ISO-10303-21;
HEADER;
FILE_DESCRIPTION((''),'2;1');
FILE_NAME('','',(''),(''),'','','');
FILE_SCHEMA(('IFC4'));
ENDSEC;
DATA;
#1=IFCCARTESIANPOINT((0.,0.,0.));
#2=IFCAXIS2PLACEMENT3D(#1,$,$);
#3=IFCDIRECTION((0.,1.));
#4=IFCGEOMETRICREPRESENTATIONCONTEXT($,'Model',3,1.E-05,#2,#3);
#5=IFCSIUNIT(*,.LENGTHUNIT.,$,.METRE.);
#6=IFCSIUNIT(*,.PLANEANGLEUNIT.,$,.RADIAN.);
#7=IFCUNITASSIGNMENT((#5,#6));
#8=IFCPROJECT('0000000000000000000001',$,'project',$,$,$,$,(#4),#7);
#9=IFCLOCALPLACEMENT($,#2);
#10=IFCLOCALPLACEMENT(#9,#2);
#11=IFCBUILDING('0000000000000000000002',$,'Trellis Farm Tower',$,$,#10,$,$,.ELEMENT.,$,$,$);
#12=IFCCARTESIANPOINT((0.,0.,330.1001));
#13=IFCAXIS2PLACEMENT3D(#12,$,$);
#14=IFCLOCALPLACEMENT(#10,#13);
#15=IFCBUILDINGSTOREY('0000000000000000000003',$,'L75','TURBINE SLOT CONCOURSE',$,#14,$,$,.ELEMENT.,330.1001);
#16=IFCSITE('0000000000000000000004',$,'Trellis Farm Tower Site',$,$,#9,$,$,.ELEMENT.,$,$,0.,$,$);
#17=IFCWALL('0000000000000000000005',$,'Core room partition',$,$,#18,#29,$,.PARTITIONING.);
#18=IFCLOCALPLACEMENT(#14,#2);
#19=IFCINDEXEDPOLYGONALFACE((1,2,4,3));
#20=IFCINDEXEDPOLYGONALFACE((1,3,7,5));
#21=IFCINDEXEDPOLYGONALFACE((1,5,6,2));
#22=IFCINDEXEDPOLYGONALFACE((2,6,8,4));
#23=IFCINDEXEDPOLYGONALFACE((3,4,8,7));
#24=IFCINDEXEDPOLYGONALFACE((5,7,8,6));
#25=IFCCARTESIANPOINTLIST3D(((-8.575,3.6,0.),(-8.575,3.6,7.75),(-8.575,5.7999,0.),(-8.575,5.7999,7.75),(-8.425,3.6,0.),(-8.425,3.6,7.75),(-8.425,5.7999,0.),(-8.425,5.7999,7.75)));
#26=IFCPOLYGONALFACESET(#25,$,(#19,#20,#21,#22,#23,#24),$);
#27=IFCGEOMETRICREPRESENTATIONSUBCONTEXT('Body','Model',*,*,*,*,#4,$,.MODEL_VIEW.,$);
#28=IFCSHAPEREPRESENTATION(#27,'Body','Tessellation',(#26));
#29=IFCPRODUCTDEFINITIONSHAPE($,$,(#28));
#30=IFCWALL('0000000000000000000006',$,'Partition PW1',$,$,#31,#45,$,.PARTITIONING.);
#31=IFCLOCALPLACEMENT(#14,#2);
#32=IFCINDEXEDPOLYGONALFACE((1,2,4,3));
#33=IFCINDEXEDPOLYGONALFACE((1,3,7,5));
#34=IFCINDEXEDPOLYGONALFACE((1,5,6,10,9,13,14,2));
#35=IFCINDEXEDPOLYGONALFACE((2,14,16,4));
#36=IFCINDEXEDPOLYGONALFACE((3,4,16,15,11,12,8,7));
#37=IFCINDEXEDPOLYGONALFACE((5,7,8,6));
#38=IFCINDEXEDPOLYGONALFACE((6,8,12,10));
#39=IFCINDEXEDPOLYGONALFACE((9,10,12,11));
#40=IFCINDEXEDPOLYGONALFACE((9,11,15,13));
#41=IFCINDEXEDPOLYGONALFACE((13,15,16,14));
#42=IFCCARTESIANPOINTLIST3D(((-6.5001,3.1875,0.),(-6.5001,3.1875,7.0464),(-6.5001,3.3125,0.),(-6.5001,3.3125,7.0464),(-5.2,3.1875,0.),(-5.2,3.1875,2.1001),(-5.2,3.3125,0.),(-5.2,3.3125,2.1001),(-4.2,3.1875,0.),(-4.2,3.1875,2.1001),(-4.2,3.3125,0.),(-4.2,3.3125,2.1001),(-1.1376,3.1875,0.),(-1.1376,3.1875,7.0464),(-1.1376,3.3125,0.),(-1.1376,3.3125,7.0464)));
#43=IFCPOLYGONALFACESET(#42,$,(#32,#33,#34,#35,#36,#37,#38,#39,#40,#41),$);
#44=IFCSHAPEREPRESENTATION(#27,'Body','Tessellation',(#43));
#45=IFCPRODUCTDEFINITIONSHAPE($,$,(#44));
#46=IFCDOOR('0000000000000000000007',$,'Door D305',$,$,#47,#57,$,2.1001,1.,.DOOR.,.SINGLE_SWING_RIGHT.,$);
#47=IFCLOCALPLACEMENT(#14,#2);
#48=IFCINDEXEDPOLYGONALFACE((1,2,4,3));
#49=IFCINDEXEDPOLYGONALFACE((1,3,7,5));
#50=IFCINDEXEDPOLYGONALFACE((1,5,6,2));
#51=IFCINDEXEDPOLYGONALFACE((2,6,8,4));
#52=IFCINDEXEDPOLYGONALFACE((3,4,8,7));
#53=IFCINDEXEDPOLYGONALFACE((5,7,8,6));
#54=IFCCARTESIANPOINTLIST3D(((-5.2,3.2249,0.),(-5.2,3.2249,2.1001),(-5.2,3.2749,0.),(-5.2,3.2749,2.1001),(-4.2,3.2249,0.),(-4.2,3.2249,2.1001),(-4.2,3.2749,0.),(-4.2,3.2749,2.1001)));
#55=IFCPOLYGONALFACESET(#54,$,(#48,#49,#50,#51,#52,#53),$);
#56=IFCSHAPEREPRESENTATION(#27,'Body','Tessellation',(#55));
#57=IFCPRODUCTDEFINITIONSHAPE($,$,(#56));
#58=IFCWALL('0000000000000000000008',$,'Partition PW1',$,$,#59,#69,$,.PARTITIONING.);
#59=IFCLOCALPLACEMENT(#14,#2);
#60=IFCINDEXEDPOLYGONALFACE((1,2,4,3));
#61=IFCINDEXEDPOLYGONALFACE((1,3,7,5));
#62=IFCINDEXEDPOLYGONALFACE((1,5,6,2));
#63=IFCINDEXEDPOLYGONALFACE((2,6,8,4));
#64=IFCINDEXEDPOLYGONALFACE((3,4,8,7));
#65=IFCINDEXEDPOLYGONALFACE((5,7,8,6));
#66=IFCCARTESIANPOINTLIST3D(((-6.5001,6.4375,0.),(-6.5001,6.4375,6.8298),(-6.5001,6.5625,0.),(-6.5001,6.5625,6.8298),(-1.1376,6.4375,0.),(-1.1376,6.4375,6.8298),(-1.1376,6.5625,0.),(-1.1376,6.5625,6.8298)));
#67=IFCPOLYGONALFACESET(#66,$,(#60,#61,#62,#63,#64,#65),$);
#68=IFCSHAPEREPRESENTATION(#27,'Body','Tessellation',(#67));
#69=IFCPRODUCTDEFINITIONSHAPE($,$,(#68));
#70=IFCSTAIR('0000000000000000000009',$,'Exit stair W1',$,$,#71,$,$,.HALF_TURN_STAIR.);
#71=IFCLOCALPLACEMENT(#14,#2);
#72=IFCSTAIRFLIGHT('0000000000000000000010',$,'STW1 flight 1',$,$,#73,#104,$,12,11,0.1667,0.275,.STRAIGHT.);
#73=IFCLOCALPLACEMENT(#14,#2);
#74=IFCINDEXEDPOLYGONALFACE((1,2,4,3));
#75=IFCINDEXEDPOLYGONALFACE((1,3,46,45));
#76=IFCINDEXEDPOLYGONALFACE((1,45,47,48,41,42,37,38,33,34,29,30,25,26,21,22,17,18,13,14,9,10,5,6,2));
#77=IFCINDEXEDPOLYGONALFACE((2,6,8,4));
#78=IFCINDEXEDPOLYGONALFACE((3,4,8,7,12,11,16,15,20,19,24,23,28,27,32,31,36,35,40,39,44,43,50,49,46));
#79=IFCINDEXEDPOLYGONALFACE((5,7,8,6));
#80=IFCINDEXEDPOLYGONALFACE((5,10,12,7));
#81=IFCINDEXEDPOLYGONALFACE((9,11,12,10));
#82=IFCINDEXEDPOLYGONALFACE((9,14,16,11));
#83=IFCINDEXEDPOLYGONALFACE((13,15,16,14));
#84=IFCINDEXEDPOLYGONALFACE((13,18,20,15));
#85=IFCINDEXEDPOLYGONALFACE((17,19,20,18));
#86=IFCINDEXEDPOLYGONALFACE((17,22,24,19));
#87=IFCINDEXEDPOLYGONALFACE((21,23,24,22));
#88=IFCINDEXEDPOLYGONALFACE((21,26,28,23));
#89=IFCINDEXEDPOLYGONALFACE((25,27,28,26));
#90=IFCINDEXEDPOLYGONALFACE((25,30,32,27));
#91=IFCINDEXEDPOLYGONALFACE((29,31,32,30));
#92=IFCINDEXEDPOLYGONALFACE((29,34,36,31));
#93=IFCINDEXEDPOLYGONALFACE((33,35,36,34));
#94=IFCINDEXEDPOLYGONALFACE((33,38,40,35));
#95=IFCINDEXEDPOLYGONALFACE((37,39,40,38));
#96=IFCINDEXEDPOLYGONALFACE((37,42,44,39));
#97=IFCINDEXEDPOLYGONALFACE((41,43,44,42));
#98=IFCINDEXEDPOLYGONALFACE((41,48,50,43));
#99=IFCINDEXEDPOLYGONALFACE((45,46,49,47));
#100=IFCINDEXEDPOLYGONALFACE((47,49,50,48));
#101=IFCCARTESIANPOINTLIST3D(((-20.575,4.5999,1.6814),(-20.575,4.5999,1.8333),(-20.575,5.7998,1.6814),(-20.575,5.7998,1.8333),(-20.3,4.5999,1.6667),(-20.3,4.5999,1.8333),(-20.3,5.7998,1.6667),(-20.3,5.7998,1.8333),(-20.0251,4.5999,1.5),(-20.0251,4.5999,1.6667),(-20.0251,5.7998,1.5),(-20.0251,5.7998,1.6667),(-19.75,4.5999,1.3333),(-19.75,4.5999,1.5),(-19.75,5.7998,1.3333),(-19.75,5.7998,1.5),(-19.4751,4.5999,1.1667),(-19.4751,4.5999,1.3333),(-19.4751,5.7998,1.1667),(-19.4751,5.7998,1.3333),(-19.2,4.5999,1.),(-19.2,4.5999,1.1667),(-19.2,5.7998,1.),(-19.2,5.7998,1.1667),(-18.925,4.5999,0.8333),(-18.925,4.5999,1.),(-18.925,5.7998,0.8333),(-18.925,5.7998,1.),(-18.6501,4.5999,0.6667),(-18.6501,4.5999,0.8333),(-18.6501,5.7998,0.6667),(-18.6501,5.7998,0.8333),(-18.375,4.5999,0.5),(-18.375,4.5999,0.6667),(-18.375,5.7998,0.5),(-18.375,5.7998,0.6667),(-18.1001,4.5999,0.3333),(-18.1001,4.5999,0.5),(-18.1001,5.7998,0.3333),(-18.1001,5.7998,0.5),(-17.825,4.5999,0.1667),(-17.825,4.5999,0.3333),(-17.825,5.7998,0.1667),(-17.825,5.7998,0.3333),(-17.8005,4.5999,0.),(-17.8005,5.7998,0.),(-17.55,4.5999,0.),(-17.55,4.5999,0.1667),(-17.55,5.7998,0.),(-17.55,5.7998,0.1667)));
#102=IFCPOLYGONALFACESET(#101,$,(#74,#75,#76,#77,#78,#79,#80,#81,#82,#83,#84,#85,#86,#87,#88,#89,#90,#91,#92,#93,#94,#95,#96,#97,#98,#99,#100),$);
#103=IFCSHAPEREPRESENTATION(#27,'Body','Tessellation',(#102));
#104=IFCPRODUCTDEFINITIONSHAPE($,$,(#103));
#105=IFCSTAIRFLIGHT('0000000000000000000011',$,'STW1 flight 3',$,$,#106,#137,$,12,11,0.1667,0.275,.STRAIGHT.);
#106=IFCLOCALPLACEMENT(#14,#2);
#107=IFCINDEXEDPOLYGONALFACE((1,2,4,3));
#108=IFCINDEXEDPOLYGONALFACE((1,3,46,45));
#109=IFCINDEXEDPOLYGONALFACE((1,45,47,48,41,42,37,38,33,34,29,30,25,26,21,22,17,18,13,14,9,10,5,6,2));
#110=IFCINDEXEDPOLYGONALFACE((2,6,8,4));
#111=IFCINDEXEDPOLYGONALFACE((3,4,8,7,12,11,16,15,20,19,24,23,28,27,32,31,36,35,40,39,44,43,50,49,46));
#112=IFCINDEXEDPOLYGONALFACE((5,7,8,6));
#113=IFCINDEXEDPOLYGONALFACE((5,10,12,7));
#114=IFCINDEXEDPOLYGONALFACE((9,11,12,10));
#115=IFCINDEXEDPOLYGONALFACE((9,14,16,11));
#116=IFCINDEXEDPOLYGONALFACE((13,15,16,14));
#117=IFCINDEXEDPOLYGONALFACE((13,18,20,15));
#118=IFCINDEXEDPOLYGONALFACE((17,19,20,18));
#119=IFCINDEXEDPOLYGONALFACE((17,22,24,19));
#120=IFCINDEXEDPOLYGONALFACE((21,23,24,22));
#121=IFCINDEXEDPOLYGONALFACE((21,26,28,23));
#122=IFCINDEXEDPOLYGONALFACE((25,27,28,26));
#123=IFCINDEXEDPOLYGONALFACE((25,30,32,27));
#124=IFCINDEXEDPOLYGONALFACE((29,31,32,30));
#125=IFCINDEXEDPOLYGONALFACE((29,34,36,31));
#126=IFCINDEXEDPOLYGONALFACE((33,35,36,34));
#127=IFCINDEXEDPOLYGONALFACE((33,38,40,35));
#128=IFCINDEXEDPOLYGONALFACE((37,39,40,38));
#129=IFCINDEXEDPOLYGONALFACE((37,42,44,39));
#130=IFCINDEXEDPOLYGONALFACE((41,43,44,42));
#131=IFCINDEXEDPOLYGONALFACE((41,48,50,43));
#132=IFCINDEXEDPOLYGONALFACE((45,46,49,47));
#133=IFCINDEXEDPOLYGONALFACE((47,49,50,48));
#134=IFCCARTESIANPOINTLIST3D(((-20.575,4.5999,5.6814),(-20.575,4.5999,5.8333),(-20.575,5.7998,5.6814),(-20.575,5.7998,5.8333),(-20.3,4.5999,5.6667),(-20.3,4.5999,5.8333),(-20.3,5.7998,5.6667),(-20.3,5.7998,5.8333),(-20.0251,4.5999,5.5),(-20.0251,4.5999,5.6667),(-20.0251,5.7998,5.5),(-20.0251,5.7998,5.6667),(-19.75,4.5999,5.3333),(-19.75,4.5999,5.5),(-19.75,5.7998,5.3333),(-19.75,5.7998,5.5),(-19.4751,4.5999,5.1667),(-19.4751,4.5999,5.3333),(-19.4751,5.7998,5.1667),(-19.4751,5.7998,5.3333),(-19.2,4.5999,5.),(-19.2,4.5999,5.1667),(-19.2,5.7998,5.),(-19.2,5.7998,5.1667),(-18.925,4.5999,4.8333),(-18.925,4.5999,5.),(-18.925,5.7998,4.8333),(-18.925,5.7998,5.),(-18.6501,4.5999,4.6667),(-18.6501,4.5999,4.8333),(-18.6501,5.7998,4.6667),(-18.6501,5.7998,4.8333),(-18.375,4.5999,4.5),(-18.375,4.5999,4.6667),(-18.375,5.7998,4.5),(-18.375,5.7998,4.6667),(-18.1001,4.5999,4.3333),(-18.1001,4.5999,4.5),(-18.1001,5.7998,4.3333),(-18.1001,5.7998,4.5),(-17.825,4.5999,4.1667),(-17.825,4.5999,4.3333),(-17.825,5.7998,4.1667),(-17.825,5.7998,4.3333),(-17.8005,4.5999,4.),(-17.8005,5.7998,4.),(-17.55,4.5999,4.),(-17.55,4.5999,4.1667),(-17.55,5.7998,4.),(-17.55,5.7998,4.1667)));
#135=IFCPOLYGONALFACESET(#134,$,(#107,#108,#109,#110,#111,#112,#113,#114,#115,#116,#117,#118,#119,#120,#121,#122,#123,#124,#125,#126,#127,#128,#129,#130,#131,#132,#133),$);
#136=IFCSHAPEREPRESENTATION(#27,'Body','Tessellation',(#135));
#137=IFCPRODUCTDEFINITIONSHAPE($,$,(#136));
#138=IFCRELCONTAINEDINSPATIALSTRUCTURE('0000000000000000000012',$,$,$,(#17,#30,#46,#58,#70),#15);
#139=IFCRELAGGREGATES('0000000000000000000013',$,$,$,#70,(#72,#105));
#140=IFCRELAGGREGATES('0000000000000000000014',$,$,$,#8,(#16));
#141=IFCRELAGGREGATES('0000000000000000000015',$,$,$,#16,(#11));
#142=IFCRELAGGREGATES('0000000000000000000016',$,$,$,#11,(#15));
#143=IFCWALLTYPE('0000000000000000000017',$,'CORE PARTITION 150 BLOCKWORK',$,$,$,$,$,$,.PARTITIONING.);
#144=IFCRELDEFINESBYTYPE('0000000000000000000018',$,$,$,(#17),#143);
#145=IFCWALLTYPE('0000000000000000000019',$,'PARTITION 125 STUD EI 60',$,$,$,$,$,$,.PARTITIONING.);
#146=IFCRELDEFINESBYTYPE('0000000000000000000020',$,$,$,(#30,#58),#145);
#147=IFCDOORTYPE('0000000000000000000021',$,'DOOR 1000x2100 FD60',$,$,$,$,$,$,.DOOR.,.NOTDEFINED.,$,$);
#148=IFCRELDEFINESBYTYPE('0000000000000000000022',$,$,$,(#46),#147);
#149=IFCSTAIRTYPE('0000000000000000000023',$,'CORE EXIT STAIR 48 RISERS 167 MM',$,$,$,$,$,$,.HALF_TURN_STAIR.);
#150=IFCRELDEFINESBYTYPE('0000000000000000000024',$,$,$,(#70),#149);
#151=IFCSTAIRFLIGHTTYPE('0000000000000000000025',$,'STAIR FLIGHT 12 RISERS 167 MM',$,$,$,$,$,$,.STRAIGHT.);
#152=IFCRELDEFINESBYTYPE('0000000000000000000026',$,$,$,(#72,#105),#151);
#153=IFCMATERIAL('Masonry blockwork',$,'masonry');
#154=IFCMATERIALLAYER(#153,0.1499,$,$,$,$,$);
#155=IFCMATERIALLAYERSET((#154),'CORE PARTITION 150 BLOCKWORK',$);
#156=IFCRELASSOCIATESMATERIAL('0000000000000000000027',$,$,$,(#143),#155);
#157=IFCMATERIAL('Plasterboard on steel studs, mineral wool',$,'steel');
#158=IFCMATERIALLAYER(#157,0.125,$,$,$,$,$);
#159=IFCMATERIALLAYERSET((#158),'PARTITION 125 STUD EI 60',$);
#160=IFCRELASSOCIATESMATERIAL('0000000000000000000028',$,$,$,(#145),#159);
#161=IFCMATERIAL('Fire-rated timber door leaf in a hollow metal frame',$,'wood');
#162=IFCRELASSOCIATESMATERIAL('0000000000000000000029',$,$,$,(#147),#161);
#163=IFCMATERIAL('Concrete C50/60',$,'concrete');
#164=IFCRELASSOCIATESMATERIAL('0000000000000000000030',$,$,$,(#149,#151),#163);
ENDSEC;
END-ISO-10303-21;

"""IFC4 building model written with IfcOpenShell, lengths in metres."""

from ifc_helpers import new_model, si_unit, direction, frame, frame_2d, origin, place, context, subcontext, project, spatial, polyline, rectangle, outline, extrude, source, transform, mapped, material, layer, layer_set, type_object, element, fill, aggregate, save


model = new_model("IFC4")

# Units and contexts
model_context = context("Model", 3, precision=1e-05, world=origin(), true_north=direction((0.0, 1.0)))
body_context = subcontext(model_context, "Body", "Model", "MODEL_VIEW")
ifc_project = project(units=[si_unit("LENGTHUNIT", "METRE"), si_unit("PLANEANGLEUNIT", "RADIAN")], contexts=[model_context])

# Site, building, storey
site_placement = place(None, origin())
site = spatial("IfcSite", under=ifc_project, at=site_placement, Name="Trellis Farm Tower Site", CompositionType="ELEMENT", RefElevation=0.0)
building_placement = place(site_placement, origin())
building = spatial("IfcBuilding", under=site, at=building_placement, Name="Trellis Farm Tower", CompositionType="ELEMENT")
storey_placement = place(building_placement, frame((0.0, 0.0, 330.1001)))
storey = spatial("IfcBuildingStorey", under=building, at=storey_placement, Name="L75", Description="TURBINE SLOT CONCOURSE", CompositionType="ELEMENT", Elevation=330.1001)

# Shared definitions
ifc_material_1 = material(Name="Concrete C50/60", Category="concrete")

# Wall
ifc_material_2 = material(Name="Masonry blockwork", Category="masonry")
ifc_layer_1 = layer(ifc_material_2, 0.1499)
ifc_layer_set_1 = layer_set([ifc_layer_1], Name="CORE PARTITION 150 BLOCKWORK")
wall_type_1 = type_object("IfcWallType", Name="CORE PARTITION 150 BLOCKWORK", PredefinedType="PARTITIONING", material=ifc_layer_set_1)
shared_shape_1 = source(origin(), body_context, "Body", "SweptSolid", [
    extrude(rectangle(XDim=2.2, YDim=0.1499, at=frame_2d((1.1001, 0.0))), origin(), (0.0, 0.0, 1.0), 7.75),
])
wall_1_placement = place(storey_placement, frame((-8.5, 5.8, 0.0), z_axis=(0.0, 0.0, 1.0), x_axis=(0.0, -1.0, 0.0)))
element("IfcWall", 1, at=wall_1_placement, inside=storey, type_object=wall_type_1, Name="Core room partition", PredefinedType="PARTITIONING", context=body_context, shape_type="MappedRepresentation", body=[
    mapped(shared_shape_1, transform((0.0, 0.0, 0.0))),
])

# Wall, opening, door
ifc_material_3 = material(Name="Plasterboard on steel studs, mineral wool", Category="steel")
ifc_layer_2 = layer(ifc_material_3, 0.125)
ifc_layer_set_2 = layer_set([ifc_layer_2], Name="PARTITION 125 STUD EI 60")
wall_type_2 = type_object("IfcWallType", Name="PARTITION 125 STUD EI 60", PredefinedType="PARTITIONING", material=ifc_layer_set_2)
shared_shape_2 = source(origin(), body_context, "Body", "SweptSolid", [
    extrude(rectangle(XDim=5.3625, YDim=0.125, at=frame_2d((2.6812, 0.0))), origin(), (0.0, 0.0, 1.0), 7.0464),
])
wall_2_placement = place(storey_placement, frame((-6.5, 3.25, 0.0), z_axis=(0.0, 0.0, 1.0), x_axis=(1.0, 0.0, 0.0)))
wall_2 = element("IfcWall", 2, at=wall_2_placement, inside=storey, type_object=wall_type_2, Name="Partition PW1", PredefinedType="PARTITIONING", context=body_context, shape_type="MappedRepresentation", body=[
    mapped(shared_shape_2, transform((0.0, 0.0, 0.0))),
])
shared_shape_3 = source(origin(), body_context, "Body", "SweptSolid", [
    extrude(rectangle(XDim=1.0, YDim=2.1001, at=frame_2d((0.5, 1.05))), frame((0.0, 0.0725, 0.0), z_axis=(0.0, -1.0, 0.0), x_axis=(1.0, 0.0, 0.0)), (0.0, 0.0, 1.0), 0.145),
])
opening_1_placement = place(wall_2_placement, frame((1.3, 0.0, 0.0)))
opening_1 = element("IfcOpeningElement", 3, at=opening_1_placement, cuts=wall_2, PredefinedType="OPENING", context=body_context, shape_type="MappedRepresentation", body=[
    mapped(shared_shape_3, transform((0.0, 0.0, 0.0))),
])
ifc_material_4 = material(Name="Fire-rated timber door leaf in a hollow metal frame", Category="wood")
door_type_1 = type_object("IfcDoorType", Name="DOOR 1000x2100 FD60", OperationType="NOTDEFINED", PredefinedType="DOOR", material=ifc_material_4)
shared_shape_4 = source(origin(), body_context, "Body", "SweptSolid", [
    extrude(rectangle(XDim=1.0, YDim=2.1001, at=frame_2d((0.5, 1.05))), frame((0.0, 0.0249, 0.0), z_axis=(0.0, -1.0, 0.0), x_axis=(1.0, 0.0, 0.0)), (0.0, 0.0, 1.0), 0.05),
])
door_1_placement = place(opening_1_placement, origin())
door_1 = element("IfcDoor", 4, at=door_1_placement, inside=storey, type_object=door_type_1, Name="Door D305", OperationType="SINGLE_SWING_RIGHT", OverallHeight=2.1001, OverallWidth=1.0, PredefinedType="DOOR", context=body_context, shape_type="MappedRepresentation", body=[
    mapped(shared_shape_4, transform((0.0, 0.0, 0.0))),
])
fill(opening_1, door_1)

# Wall
shared_shape_5 = source(origin(), body_context, "Body", "SweptSolid", [
    extrude(rectangle(XDim=5.3625, YDim=0.125, at=frame_2d((2.6812, 0.0))), origin(), (0.0, 0.0, 1.0), 6.8298),
])
wall_3_placement = place(storey_placement, frame((-6.5, 6.5, 0.0), z_axis=(0.0, 0.0, 1.0), x_axis=(1.0, 0.0, 0.0)))
element("IfcWall", 5, at=wall_3_placement, inside=storey, type_object=wall_type_2, Name="Partition PW1", PredefinedType="PARTITIONING", context=body_context, shape_type="MappedRepresentation", body=[
    mapped(shared_shape_5, transform((0.0, 0.0, 0.0))),
])

# Stair, stair flights
stair_type = type_object("IfcStairType", Name="CORE EXIT STAIR 48 RISERS 167 MM", PredefinedType="HALF_TURN_STAIR", material=ifc_material_1)
stair_placement = place(storey_placement, origin())
stair = element("IfcStair", 6, at=stair_placement, inside=storey, type_object=stair_type, Name="Exit stair W1", PredefinedType="HALF_TURN_STAIR")
stair_flight_type = type_object("IfcStairFlightType", Name="STAIR FLIGHT 12 RISERS 167 MM", PredefinedType="STRAIGHT", material=ifc_material_1)
shared_shape_6 = source(origin(), body_context, "Body", "SweptSolid", [
    extrude(outline(polyline([(0.0, 0.0), (0.0, 0.1667), (0.2749, 0.1667), (0.2749, 0.3333), (0.55, 0.3333), (0.55, 0.5), (0.825, 0.5), (0.825, 0.6667), (1.1001, 0.6667), (1.1001, 0.8333), (1.375, 0.8333), (1.375, 1.0), (1.6499, 1.0), (1.6499, 1.1667), (1.925, 1.1667), (1.925, 1.3333), (2.2, 1.3333), (2.2, 1.5), (2.4751, 1.5), (2.4751, 1.6667), (2.75, 1.6667), (2.75, 1.8333), (3.0249, 1.8333), (3.0249, 2.0), (3.0249, 1.6814), (0.2505, 0.0), (0.0, 0.0)])), frame((0.0, 0.6001, 0.0), z_axis=(0.0, -1.0, 0.0), x_axis=(1.0, 0.0, 0.0)), (0.0, 0.0, 1.0), 1.2),
])
stair_flight_1_placement = place(storey_placement, frame((-17.55, 5.2, 0.0), z_axis=(0.0, 0.0, 1.0), x_axis=(-1.0, 0.0, 0.0)))
stair_flight_1 = element("IfcStairFlight", 7, at=stair_flight_1_placement, type_object=stair_flight_type, Name="STW1 flight 1", NumberOfRisers=12, NumberOfTreads=11, PredefinedType="STRAIGHT", RiserHeight=0.1667, TreadLength=0.275, context=body_context, shape_type="MappedRepresentation", body=[
    mapped(shared_shape_6, transform((0.0, 0.0, 0.0))),
])
stair_flight_2_placement = place(storey_placement, frame((-17.55, 5.2, 4.0), z_axis=(0.0, 0.0, 1.0), x_axis=(-1.0, 0.0, 0.0)))
stair_flight_2 = element("IfcStairFlight", 8, at=stair_flight_2_placement, type_object=stair_flight_type, Name="STW1 flight 3", NumberOfRisers=12, NumberOfTreads=11, PredefinedType="STRAIGHT", RiserHeight=0.1667, TreadLength=0.275, context=body_context, shape_type="MappedRepresentation", body=[
    mapped(shared_shape_6, transform((0.0, 0.0, 0.0))),
])
aggregate(stair, [stair_flight_1, stair_flight_2])

save(model, "model.ifc")
